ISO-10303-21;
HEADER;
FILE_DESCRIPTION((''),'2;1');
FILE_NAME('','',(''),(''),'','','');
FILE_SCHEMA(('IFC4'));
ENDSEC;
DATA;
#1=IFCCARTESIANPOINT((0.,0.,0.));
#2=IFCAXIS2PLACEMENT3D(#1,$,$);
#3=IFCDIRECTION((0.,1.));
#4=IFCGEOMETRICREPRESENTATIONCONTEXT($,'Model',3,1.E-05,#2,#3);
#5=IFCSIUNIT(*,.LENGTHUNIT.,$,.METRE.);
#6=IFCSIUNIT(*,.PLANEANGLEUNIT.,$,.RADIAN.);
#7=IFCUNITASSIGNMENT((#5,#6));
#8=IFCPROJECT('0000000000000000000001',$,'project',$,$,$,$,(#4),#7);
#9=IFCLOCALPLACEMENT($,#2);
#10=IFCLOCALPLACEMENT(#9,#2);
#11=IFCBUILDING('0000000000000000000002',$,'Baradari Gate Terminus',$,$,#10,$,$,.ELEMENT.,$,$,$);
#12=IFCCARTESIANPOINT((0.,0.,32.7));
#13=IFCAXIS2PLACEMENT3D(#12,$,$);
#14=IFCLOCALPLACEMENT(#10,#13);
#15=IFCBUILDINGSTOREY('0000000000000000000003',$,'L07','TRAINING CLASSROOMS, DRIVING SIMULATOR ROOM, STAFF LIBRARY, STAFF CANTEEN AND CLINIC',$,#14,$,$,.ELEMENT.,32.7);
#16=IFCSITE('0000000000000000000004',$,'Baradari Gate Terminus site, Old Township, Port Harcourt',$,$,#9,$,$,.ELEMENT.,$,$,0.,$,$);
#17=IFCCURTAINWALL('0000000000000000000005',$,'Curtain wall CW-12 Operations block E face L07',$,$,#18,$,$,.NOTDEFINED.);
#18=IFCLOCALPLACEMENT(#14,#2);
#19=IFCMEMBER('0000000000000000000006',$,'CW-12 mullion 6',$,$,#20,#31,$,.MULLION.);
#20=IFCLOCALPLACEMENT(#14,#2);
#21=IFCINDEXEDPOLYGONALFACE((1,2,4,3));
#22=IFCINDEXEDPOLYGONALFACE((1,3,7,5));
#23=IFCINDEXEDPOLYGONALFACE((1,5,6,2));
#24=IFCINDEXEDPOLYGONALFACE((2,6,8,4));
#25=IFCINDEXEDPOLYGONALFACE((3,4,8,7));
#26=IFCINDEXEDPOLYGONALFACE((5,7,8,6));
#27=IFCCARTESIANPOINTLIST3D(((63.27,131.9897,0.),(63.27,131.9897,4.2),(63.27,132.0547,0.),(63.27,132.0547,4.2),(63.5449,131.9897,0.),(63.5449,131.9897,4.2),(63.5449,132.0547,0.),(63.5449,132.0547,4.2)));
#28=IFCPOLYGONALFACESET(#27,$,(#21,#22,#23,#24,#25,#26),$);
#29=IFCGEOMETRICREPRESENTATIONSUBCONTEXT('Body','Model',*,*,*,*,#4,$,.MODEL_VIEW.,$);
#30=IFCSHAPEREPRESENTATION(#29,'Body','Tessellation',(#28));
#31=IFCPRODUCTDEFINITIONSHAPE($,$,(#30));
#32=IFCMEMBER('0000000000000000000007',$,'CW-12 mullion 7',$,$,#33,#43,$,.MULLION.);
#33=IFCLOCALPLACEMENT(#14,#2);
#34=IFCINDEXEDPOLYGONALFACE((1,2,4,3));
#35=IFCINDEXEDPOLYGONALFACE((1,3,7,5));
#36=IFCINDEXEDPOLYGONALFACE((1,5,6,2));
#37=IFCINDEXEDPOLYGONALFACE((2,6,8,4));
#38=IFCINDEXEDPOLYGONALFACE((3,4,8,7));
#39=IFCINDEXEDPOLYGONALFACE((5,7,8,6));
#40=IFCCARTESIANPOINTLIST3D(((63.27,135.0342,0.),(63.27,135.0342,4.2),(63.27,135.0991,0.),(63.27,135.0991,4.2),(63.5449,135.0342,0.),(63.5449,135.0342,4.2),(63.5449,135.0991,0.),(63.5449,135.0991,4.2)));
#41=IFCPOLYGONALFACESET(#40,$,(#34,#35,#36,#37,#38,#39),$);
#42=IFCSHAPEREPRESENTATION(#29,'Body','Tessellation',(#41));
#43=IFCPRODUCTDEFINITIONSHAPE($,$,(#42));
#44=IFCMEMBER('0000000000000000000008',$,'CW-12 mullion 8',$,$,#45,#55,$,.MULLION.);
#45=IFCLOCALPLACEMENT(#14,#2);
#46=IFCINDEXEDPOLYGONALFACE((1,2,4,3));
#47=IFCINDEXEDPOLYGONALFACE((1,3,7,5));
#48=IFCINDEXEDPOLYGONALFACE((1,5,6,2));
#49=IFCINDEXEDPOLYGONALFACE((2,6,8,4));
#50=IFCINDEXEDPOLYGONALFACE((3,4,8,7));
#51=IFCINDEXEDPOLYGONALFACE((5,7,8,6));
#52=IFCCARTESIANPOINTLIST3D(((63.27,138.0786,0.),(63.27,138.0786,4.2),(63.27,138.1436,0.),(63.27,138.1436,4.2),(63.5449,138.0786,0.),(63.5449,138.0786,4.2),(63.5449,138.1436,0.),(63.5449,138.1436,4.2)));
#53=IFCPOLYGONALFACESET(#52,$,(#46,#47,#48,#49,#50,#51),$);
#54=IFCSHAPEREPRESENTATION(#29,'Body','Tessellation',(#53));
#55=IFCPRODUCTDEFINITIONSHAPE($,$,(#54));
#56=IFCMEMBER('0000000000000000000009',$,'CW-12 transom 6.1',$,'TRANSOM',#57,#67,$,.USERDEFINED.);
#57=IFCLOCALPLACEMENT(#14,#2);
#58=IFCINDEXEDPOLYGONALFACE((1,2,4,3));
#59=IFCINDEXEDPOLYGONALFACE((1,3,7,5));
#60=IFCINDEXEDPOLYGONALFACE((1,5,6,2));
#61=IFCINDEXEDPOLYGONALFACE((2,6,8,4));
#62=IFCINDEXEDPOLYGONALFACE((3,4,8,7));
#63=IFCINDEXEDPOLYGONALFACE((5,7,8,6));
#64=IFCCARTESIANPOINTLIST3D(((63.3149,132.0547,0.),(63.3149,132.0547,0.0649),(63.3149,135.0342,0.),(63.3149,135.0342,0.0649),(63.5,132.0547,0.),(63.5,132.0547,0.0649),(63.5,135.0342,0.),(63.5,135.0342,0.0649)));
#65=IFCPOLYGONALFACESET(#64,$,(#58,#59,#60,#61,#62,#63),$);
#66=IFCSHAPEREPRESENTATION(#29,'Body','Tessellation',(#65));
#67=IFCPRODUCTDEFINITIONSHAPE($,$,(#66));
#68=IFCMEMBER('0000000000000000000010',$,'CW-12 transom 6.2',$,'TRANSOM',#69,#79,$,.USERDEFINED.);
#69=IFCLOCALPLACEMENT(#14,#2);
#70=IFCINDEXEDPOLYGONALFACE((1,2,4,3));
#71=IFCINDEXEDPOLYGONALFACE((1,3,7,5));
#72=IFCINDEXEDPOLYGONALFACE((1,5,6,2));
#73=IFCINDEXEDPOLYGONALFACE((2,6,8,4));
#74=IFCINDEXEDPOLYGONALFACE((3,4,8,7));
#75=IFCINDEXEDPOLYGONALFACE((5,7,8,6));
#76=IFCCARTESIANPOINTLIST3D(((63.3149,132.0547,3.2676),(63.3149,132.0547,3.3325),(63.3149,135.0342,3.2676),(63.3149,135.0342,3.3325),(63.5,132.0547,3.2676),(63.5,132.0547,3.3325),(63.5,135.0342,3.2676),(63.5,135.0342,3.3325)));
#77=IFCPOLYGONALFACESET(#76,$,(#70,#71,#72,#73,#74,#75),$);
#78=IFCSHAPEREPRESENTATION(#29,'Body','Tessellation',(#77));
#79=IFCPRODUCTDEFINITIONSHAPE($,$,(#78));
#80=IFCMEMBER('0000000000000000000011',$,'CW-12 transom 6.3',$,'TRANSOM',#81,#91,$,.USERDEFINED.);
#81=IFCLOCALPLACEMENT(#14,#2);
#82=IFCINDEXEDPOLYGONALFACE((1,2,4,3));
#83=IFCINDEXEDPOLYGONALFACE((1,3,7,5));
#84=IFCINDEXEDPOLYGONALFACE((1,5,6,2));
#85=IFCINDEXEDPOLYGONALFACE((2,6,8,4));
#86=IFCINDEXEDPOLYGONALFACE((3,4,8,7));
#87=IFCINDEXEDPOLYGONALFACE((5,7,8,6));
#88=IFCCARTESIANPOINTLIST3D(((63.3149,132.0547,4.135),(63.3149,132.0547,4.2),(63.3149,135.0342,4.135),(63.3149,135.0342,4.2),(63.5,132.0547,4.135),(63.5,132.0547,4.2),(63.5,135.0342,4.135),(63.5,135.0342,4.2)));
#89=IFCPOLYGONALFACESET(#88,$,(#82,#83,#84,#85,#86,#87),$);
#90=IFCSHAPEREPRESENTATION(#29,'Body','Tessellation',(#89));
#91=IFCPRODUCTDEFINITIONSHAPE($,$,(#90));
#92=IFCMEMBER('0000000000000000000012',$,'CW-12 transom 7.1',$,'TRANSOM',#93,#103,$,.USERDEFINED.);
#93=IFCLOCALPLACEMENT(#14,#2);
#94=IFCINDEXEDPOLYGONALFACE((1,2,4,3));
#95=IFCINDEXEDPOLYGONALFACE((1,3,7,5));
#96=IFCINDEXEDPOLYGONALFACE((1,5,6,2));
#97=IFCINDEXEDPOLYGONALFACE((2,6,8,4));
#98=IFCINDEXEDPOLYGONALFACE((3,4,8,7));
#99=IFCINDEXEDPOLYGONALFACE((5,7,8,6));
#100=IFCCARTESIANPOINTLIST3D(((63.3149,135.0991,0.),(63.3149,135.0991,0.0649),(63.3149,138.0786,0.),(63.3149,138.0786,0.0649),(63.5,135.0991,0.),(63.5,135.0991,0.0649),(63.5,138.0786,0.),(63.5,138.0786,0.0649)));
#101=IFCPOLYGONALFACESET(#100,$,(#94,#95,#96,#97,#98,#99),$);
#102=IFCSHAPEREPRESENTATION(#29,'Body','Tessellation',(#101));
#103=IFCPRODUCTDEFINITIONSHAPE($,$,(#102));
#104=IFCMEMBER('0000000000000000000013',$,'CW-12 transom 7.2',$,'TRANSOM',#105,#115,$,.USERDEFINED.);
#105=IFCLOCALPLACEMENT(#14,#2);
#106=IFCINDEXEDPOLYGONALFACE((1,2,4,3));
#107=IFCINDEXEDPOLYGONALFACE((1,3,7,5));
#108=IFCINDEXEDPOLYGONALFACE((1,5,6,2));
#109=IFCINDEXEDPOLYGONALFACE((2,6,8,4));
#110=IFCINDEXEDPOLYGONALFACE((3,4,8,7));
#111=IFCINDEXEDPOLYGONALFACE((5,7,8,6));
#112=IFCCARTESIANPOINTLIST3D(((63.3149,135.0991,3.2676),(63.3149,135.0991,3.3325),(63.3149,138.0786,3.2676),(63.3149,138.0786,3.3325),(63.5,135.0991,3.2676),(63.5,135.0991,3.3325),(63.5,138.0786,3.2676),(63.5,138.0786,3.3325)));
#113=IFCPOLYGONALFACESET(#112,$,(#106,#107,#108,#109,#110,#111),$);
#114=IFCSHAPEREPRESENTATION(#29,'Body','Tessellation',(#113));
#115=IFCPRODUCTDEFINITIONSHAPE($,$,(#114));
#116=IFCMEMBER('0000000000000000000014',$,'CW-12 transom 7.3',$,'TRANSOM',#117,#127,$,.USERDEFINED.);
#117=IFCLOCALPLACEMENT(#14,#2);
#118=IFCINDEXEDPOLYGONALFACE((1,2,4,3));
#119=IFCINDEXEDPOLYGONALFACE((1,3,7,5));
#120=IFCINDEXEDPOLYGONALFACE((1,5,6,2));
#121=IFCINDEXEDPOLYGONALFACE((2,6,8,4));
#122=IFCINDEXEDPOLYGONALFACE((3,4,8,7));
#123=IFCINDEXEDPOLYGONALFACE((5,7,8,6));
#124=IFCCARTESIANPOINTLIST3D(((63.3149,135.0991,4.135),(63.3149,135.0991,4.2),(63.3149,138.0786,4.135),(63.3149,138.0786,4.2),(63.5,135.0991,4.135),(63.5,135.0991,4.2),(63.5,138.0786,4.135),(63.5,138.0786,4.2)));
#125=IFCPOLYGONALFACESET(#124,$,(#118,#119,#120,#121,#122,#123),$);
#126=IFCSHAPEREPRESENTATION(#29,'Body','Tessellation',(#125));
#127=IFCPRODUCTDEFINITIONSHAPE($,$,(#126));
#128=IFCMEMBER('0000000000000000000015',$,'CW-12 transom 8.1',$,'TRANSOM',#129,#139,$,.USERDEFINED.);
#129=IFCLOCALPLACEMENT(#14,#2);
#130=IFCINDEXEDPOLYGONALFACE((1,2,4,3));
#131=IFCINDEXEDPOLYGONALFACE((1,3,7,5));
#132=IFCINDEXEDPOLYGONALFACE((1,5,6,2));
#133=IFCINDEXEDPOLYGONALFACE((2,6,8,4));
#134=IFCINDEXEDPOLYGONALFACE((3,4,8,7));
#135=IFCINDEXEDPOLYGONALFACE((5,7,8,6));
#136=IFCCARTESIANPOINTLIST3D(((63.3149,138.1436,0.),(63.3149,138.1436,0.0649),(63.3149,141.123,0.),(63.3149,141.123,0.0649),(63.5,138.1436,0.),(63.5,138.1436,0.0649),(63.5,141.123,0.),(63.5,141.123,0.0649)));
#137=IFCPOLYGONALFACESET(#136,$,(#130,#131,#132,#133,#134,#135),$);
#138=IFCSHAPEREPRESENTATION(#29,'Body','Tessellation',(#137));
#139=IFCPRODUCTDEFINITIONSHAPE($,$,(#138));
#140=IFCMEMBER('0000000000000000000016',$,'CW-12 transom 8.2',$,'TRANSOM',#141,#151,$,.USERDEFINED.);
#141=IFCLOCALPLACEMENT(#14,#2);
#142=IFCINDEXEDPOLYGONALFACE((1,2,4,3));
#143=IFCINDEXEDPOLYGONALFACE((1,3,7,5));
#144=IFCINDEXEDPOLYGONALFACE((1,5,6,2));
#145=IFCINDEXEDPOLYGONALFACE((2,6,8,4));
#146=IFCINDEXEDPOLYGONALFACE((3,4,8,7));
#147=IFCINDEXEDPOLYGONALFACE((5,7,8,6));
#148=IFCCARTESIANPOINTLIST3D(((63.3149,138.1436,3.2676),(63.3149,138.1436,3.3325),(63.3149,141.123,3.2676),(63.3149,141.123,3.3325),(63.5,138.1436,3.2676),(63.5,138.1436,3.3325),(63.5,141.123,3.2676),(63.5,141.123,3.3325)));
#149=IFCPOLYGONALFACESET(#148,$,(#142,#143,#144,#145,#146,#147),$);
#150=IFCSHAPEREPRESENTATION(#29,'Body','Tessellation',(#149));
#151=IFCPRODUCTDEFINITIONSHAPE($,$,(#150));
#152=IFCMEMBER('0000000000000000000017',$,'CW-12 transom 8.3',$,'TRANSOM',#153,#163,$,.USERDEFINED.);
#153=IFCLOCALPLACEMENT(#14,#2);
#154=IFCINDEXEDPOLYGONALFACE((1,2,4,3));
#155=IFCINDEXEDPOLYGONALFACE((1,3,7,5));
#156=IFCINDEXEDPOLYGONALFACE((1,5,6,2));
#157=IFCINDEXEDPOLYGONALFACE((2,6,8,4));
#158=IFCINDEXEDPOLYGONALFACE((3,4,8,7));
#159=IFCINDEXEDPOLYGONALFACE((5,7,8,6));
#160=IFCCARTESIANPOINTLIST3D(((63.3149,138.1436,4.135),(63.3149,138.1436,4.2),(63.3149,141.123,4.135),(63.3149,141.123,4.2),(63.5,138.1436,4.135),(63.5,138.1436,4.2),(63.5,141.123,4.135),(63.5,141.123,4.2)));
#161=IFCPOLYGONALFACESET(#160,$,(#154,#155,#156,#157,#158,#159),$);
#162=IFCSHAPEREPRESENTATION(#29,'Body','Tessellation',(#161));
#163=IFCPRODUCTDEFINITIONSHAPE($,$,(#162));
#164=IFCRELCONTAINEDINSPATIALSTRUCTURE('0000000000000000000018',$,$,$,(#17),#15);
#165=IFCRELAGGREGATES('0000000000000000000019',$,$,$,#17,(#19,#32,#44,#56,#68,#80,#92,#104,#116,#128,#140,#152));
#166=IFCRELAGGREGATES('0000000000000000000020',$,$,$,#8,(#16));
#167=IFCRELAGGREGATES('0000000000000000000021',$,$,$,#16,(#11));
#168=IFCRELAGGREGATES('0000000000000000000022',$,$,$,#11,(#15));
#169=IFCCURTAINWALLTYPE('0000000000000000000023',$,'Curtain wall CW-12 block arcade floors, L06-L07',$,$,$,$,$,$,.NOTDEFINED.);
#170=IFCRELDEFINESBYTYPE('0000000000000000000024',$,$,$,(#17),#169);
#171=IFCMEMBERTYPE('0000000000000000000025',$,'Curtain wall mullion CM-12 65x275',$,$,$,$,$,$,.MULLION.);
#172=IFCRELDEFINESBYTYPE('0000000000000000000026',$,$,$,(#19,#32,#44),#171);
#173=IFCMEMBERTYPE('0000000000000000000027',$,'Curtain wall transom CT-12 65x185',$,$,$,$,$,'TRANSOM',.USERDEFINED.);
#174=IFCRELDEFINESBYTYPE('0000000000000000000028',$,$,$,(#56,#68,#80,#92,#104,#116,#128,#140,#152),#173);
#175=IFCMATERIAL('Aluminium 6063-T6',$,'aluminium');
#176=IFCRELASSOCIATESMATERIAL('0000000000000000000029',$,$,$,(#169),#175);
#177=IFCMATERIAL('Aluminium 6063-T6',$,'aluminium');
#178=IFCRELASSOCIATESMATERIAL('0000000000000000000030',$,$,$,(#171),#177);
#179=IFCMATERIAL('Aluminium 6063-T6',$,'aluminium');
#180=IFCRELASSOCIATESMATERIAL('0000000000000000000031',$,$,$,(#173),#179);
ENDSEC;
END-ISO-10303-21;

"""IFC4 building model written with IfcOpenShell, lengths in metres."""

from ifc_helpers import new_model, si_unit, direction, frame, origin, origin_2d, place, context, subcontext, project, spatial, rectangle, extrude, material, material_profile, profile_set, type_object, element, aggregate, save


model = new_model("IFC4")

# Units and contexts
model_context = context("Model", 3, precision=1e-05, world=origin(), true_north=direction((0.0, 1.0)))
body_context = subcontext(model_context, "Body", "Model", "MODEL_VIEW")
ifc_project = project(units=[si_unit("LENGTHUNIT", "METRE"), si_unit("PLANEANGLEUNIT", "RADIAN")], contexts=[model_context])

# Site, building, storey
site_placement = place(None, origin())
site = spatial("IfcSite", under=ifc_project, at=site_placement, Name="Baradari Gate Terminus site, Old Township, Port Harcourt", CompositionType="ELEMENT", RefElevation=0.0)
building_placement = place(site_placement, origin())
building = spatial("IfcBuilding", under=site, at=building_placement, Name="Baradari Gate Terminus", CompositionType="ELEMENT")
storey_placement = place(building_placement, frame((0.0, 0.0, 32.7)))
storey = spatial("IfcBuildingStorey", under=building, at=storey_placement, Name="L07", Description="TRAINING CLASSROOMS, DRIVING SIMULATOR ROOM, STAFF LIBRARY, STAFF CANTEEN AND CLINIC", CompositionType="ELEMENT", Elevation=32.7)

# Curtain wall, members
ifc_material_1 = material(Name="Aluminium 6063-T6", Category="aluminium")
curtain_wall_type = type_object("IfcCurtainWallType", Name="Curtain wall CW-12 block arcade floors, L06-L07", PredefinedType="NOTDEFINED", material=ifc_material_1)
curtain_wall_placement = place(storey_placement, origin())
curtain_wall = element("IfcCurtainWall", 1, at=curtain_wall_placement, inside=storey, type_object=curtain_wall_type, Name="Curtain wall CW-12 Operations block E face L07", PredefinedType="NOTDEFINED")
ifc_material_2 = material(Name="Aluminium 6063-T6", Category="aluminium")
ifc_material_profile_1 = material_profile(ifc_material_2, rectangle(XDim=0.2749, YDim=0.0649, at=origin_2d()), Name="CM-12 65X275")
ifc_profile_set_1 = profile_set([ifc_material_profile_1], Name="Aluminium 6063-T6")
member_type_1 = type_object("IfcMemberType", Name="Curtain wall mullion CM-12 65x275", PredefinedType="MULLION", material=ifc_profile_set_1)
member_1_placement = place(storey_placement, frame((63.4075, 132.0222, 0.0), z_axis=(0.0, 0.0, 1.0), x_axis=(-1.0, 0.0, 0.0)))
member_1 = element("IfcMember", 2, at=member_1_placement, type_object=member_type_1, Name="CW-12 mullion 6", PredefinedType="MULLION", context=body_context, shape_type="SweptSolid", body=[
    extrude(rectangle(XDim=0.2749, YDim=0.0649, at=origin_2d()), origin(), (0.0, 0.0, 1.0), 4.2),
])
member_2_placement = place(storey_placement, frame((63.4075, 135.0667, 0.0), z_axis=(0.0, 0.0, 1.0), x_axis=(-1.0, 0.0, 0.0)))
member_2 = element("IfcMember", 3, at=member_2_placement, type_object=member_type_1, Name="CW-12 mullion 7", PredefinedType="MULLION", context=body_context, shape_type="SweptSolid", body=[
    extrude(rectangle(XDim=0.2749, YDim=0.0649, at=origin_2d()), origin(), (0.0, 0.0, 1.0), 4.2),
])
member_3_placement = place(storey_placement, frame((63.4075, 138.1111, 0.0), z_axis=(0.0, 0.0, 1.0), x_axis=(-1.0, 0.0, 0.0)))
member_3 = element("IfcMember", 4, at=member_3_placement, type_object=member_type_1, Name="CW-12 mullion 8", PredefinedType="MULLION", context=body_context, shape_type="SweptSolid", body=[
    extrude(rectangle(XDim=0.2749, YDim=0.0649, at=origin_2d()), origin(), (0.0, 0.0, 1.0), 4.2),
])
ifc_material_3 = material(Name="Aluminium 6063-T6", Category="aluminium")
ifc_material_profile_2 = material_profile(ifc_material_3, rectangle(XDim=0.1851, YDim=0.0649, at=origin_2d()), Name="CT-12 65X185")
ifc_profile_set_2 = profile_set([ifc_material_profile_2], Name="Aluminium 6063-T6")
member_type_2 = type_object("IfcMemberType", Name="Curtain wall transom CT-12 65x185", ElementType="TRANSOM", PredefinedType="USERDEFINED", material=ifc_profile_set_2)
member_4_placement = place(storey_placement, frame((63.4075, 132.0547, 0.0325), z_axis=(0.0, 1.0, 0.0), x_axis=(-1.0, 0.0, 0.0)))
member_4 = element("IfcMember", 5, at=member_4_placement, type_object=member_type_2, Name="CW-12 transom 6.1", ObjectType="TRANSOM", PredefinedType="USERDEFINED", context=body_context, shape_type="SweptSolid", body=[
    extrude(rectangle(XDim=0.1851, YDim=0.0649, at=origin_2d()), origin(), (0.0, 0.0, 1.0), 2.9795),
])
member_5_placement = place(storey_placement, frame((63.4075, 132.0547, 3.3), z_axis=(0.0, 1.0, 0.0), x_axis=(-1.0, 0.0, 0.0)))
member_5 = element("IfcMember", 6, at=member_5_placement, type_object=member_type_2, Name="CW-12 transom 6.2", ObjectType="TRANSOM", PredefinedType="USERDEFINED", context=body_context, shape_type="SweptSolid", body=[
    extrude(rectangle(XDim=0.1851, YDim=0.0649, at=origin_2d()), origin(), (0.0, 0.0, 1.0), 2.9795),
])
member_6_placement = place(storey_placement, frame((63.4075, 132.0547, 4.1675), z_axis=(0.0, 1.0, 0.0), x_axis=(-1.0, 0.0, 0.0)))
member_6 = element("IfcMember", 7, at=member_6_placement, type_object=member_type_2, Name="CW-12 transom 6.3", ObjectType="TRANSOM", PredefinedType="USERDEFINED", context=body_context, shape_type="SweptSolid", body=[
    extrude(rectangle(XDim=0.1851, YDim=0.0649, at=origin_2d()), origin(), (0.0, 0.0, 1.0), 2.9795),
])
member_7_placement = place(storey_placement, frame((63.4075, 135.0991, 0.0325), z_axis=(0.0, 1.0, 0.0), x_axis=(-1.0, 0.0, 0.0)))
member_7 = element("IfcMember", 8, at=member_7_placement, type_object=member_type_2, Name="CW-12 transom 7.1", ObjectType="TRANSOM", PredefinedType="USERDEFINED", context=body_context, shape_type="SweptSolid", body=[
    extrude(rectangle(XDim=0.1851, YDim=0.0649, at=origin_2d()), origin(), (0.0, 0.0, 1.0), 2.9795),
])
member_8_placement = place(storey_placement, frame((63.4075, 135.0991, 3.3), z_axis=(0.0, 1.0, 0.0), x_axis=(-1.0, 0.0, 0.0)))
member_8 = element("IfcMember", 9, at=member_8_placement, type_object=member_type_2, Name="CW-12 transom 7.2", ObjectType="TRANSOM", PredefinedType="USERDEFINED", context=body_context, shape_type="SweptSolid", body=[
    extrude(rectangle(XDim=0.1851, YDim=0.0649, at=origin_2d()), origin(), (0.0, 0.0, 1.0), 2.9795),
])
member_9_placement = place(storey_placement, frame((63.4075, 135.0991, 4.1675), z_axis=(0.0, 1.0, 0.0), x_axis=(-1.0, 0.0, 0.0)))
member_9 = element("IfcMember", 10, at=member_9_placement, type_object=member_type_2, Name="CW-12 transom 7.3", ObjectType="TRANSOM", PredefinedType="USERDEFINED", context=body_context, shape_type="SweptSolid", body=[
    extrude(rectangle(XDim=0.1851, YDim=0.0649, at=origin_2d()), origin(), (0.0, 0.0, 1.0), 2.9795),
])
member_10_placement = place(storey_placement, frame((63.4075, 138.1436, 0.0325), z_axis=(0.0, 1.0, 0.0), x_axis=(-1.0, 0.0, 0.0)))
member_10 = element("IfcMember", 11, at=member_10_placement, type_object=member_type_2, Name="CW-12 transom 8.1", ObjectType="TRANSOM", PredefinedType="USERDEFINED", context=body_context, shape_type="SweptSolid", body=[
    extrude(rectangle(XDim=0.1851, YDim=0.0649, at=origin_2d()), origin(), (0.0, 0.0, 1.0), 2.9795),
])
member_11_placement = place(storey_placement, frame((63.4075, 138.1436, 3.3), z_axis=(0.0, 1.0, 0.0), x_axis=(-1.0, 0.0, 0.0)))
member_11 = element("IfcMember", 12, at=member_11_placement, type_object=member_type_2, Name="CW-12 transom 8.2", ObjectType="TRANSOM", PredefinedType="USERDEFINED", context=body_context, shape_type="SweptSolid", body=[
    extrude(rectangle(XDim=0.1851, YDim=0.0649, at=origin_2d()), origin(), (0.0, 0.0, 1.0), 2.9795),
])
member_12_placement = place(storey_placement, frame((63.4075, 138.1436, 4.1675), z_axis=(0.0, 1.0, 0.0), x_axis=(-1.0, 0.0, 0.0)))
member_12 = element("IfcMember", 13, at=member_12_placement, type_object=member_type_2, Name="CW-12 transom 8.3", ObjectType="TRANSOM", PredefinedType="USERDEFINED", context=body_context, shape_type="SweptSolid", body=[
    extrude(rectangle(XDim=0.1851, YDim=0.0649, at=origin_2d()), origin(), (0.0, 0.0, 1.0), 2.9795),
])

aggregate(curtain_wall, [member_1, member_2, member_3, member_4, member_5, member_6, member_7, member_8, member_9, member_10, member_11, member_12])

save(model, "model.ifc")
